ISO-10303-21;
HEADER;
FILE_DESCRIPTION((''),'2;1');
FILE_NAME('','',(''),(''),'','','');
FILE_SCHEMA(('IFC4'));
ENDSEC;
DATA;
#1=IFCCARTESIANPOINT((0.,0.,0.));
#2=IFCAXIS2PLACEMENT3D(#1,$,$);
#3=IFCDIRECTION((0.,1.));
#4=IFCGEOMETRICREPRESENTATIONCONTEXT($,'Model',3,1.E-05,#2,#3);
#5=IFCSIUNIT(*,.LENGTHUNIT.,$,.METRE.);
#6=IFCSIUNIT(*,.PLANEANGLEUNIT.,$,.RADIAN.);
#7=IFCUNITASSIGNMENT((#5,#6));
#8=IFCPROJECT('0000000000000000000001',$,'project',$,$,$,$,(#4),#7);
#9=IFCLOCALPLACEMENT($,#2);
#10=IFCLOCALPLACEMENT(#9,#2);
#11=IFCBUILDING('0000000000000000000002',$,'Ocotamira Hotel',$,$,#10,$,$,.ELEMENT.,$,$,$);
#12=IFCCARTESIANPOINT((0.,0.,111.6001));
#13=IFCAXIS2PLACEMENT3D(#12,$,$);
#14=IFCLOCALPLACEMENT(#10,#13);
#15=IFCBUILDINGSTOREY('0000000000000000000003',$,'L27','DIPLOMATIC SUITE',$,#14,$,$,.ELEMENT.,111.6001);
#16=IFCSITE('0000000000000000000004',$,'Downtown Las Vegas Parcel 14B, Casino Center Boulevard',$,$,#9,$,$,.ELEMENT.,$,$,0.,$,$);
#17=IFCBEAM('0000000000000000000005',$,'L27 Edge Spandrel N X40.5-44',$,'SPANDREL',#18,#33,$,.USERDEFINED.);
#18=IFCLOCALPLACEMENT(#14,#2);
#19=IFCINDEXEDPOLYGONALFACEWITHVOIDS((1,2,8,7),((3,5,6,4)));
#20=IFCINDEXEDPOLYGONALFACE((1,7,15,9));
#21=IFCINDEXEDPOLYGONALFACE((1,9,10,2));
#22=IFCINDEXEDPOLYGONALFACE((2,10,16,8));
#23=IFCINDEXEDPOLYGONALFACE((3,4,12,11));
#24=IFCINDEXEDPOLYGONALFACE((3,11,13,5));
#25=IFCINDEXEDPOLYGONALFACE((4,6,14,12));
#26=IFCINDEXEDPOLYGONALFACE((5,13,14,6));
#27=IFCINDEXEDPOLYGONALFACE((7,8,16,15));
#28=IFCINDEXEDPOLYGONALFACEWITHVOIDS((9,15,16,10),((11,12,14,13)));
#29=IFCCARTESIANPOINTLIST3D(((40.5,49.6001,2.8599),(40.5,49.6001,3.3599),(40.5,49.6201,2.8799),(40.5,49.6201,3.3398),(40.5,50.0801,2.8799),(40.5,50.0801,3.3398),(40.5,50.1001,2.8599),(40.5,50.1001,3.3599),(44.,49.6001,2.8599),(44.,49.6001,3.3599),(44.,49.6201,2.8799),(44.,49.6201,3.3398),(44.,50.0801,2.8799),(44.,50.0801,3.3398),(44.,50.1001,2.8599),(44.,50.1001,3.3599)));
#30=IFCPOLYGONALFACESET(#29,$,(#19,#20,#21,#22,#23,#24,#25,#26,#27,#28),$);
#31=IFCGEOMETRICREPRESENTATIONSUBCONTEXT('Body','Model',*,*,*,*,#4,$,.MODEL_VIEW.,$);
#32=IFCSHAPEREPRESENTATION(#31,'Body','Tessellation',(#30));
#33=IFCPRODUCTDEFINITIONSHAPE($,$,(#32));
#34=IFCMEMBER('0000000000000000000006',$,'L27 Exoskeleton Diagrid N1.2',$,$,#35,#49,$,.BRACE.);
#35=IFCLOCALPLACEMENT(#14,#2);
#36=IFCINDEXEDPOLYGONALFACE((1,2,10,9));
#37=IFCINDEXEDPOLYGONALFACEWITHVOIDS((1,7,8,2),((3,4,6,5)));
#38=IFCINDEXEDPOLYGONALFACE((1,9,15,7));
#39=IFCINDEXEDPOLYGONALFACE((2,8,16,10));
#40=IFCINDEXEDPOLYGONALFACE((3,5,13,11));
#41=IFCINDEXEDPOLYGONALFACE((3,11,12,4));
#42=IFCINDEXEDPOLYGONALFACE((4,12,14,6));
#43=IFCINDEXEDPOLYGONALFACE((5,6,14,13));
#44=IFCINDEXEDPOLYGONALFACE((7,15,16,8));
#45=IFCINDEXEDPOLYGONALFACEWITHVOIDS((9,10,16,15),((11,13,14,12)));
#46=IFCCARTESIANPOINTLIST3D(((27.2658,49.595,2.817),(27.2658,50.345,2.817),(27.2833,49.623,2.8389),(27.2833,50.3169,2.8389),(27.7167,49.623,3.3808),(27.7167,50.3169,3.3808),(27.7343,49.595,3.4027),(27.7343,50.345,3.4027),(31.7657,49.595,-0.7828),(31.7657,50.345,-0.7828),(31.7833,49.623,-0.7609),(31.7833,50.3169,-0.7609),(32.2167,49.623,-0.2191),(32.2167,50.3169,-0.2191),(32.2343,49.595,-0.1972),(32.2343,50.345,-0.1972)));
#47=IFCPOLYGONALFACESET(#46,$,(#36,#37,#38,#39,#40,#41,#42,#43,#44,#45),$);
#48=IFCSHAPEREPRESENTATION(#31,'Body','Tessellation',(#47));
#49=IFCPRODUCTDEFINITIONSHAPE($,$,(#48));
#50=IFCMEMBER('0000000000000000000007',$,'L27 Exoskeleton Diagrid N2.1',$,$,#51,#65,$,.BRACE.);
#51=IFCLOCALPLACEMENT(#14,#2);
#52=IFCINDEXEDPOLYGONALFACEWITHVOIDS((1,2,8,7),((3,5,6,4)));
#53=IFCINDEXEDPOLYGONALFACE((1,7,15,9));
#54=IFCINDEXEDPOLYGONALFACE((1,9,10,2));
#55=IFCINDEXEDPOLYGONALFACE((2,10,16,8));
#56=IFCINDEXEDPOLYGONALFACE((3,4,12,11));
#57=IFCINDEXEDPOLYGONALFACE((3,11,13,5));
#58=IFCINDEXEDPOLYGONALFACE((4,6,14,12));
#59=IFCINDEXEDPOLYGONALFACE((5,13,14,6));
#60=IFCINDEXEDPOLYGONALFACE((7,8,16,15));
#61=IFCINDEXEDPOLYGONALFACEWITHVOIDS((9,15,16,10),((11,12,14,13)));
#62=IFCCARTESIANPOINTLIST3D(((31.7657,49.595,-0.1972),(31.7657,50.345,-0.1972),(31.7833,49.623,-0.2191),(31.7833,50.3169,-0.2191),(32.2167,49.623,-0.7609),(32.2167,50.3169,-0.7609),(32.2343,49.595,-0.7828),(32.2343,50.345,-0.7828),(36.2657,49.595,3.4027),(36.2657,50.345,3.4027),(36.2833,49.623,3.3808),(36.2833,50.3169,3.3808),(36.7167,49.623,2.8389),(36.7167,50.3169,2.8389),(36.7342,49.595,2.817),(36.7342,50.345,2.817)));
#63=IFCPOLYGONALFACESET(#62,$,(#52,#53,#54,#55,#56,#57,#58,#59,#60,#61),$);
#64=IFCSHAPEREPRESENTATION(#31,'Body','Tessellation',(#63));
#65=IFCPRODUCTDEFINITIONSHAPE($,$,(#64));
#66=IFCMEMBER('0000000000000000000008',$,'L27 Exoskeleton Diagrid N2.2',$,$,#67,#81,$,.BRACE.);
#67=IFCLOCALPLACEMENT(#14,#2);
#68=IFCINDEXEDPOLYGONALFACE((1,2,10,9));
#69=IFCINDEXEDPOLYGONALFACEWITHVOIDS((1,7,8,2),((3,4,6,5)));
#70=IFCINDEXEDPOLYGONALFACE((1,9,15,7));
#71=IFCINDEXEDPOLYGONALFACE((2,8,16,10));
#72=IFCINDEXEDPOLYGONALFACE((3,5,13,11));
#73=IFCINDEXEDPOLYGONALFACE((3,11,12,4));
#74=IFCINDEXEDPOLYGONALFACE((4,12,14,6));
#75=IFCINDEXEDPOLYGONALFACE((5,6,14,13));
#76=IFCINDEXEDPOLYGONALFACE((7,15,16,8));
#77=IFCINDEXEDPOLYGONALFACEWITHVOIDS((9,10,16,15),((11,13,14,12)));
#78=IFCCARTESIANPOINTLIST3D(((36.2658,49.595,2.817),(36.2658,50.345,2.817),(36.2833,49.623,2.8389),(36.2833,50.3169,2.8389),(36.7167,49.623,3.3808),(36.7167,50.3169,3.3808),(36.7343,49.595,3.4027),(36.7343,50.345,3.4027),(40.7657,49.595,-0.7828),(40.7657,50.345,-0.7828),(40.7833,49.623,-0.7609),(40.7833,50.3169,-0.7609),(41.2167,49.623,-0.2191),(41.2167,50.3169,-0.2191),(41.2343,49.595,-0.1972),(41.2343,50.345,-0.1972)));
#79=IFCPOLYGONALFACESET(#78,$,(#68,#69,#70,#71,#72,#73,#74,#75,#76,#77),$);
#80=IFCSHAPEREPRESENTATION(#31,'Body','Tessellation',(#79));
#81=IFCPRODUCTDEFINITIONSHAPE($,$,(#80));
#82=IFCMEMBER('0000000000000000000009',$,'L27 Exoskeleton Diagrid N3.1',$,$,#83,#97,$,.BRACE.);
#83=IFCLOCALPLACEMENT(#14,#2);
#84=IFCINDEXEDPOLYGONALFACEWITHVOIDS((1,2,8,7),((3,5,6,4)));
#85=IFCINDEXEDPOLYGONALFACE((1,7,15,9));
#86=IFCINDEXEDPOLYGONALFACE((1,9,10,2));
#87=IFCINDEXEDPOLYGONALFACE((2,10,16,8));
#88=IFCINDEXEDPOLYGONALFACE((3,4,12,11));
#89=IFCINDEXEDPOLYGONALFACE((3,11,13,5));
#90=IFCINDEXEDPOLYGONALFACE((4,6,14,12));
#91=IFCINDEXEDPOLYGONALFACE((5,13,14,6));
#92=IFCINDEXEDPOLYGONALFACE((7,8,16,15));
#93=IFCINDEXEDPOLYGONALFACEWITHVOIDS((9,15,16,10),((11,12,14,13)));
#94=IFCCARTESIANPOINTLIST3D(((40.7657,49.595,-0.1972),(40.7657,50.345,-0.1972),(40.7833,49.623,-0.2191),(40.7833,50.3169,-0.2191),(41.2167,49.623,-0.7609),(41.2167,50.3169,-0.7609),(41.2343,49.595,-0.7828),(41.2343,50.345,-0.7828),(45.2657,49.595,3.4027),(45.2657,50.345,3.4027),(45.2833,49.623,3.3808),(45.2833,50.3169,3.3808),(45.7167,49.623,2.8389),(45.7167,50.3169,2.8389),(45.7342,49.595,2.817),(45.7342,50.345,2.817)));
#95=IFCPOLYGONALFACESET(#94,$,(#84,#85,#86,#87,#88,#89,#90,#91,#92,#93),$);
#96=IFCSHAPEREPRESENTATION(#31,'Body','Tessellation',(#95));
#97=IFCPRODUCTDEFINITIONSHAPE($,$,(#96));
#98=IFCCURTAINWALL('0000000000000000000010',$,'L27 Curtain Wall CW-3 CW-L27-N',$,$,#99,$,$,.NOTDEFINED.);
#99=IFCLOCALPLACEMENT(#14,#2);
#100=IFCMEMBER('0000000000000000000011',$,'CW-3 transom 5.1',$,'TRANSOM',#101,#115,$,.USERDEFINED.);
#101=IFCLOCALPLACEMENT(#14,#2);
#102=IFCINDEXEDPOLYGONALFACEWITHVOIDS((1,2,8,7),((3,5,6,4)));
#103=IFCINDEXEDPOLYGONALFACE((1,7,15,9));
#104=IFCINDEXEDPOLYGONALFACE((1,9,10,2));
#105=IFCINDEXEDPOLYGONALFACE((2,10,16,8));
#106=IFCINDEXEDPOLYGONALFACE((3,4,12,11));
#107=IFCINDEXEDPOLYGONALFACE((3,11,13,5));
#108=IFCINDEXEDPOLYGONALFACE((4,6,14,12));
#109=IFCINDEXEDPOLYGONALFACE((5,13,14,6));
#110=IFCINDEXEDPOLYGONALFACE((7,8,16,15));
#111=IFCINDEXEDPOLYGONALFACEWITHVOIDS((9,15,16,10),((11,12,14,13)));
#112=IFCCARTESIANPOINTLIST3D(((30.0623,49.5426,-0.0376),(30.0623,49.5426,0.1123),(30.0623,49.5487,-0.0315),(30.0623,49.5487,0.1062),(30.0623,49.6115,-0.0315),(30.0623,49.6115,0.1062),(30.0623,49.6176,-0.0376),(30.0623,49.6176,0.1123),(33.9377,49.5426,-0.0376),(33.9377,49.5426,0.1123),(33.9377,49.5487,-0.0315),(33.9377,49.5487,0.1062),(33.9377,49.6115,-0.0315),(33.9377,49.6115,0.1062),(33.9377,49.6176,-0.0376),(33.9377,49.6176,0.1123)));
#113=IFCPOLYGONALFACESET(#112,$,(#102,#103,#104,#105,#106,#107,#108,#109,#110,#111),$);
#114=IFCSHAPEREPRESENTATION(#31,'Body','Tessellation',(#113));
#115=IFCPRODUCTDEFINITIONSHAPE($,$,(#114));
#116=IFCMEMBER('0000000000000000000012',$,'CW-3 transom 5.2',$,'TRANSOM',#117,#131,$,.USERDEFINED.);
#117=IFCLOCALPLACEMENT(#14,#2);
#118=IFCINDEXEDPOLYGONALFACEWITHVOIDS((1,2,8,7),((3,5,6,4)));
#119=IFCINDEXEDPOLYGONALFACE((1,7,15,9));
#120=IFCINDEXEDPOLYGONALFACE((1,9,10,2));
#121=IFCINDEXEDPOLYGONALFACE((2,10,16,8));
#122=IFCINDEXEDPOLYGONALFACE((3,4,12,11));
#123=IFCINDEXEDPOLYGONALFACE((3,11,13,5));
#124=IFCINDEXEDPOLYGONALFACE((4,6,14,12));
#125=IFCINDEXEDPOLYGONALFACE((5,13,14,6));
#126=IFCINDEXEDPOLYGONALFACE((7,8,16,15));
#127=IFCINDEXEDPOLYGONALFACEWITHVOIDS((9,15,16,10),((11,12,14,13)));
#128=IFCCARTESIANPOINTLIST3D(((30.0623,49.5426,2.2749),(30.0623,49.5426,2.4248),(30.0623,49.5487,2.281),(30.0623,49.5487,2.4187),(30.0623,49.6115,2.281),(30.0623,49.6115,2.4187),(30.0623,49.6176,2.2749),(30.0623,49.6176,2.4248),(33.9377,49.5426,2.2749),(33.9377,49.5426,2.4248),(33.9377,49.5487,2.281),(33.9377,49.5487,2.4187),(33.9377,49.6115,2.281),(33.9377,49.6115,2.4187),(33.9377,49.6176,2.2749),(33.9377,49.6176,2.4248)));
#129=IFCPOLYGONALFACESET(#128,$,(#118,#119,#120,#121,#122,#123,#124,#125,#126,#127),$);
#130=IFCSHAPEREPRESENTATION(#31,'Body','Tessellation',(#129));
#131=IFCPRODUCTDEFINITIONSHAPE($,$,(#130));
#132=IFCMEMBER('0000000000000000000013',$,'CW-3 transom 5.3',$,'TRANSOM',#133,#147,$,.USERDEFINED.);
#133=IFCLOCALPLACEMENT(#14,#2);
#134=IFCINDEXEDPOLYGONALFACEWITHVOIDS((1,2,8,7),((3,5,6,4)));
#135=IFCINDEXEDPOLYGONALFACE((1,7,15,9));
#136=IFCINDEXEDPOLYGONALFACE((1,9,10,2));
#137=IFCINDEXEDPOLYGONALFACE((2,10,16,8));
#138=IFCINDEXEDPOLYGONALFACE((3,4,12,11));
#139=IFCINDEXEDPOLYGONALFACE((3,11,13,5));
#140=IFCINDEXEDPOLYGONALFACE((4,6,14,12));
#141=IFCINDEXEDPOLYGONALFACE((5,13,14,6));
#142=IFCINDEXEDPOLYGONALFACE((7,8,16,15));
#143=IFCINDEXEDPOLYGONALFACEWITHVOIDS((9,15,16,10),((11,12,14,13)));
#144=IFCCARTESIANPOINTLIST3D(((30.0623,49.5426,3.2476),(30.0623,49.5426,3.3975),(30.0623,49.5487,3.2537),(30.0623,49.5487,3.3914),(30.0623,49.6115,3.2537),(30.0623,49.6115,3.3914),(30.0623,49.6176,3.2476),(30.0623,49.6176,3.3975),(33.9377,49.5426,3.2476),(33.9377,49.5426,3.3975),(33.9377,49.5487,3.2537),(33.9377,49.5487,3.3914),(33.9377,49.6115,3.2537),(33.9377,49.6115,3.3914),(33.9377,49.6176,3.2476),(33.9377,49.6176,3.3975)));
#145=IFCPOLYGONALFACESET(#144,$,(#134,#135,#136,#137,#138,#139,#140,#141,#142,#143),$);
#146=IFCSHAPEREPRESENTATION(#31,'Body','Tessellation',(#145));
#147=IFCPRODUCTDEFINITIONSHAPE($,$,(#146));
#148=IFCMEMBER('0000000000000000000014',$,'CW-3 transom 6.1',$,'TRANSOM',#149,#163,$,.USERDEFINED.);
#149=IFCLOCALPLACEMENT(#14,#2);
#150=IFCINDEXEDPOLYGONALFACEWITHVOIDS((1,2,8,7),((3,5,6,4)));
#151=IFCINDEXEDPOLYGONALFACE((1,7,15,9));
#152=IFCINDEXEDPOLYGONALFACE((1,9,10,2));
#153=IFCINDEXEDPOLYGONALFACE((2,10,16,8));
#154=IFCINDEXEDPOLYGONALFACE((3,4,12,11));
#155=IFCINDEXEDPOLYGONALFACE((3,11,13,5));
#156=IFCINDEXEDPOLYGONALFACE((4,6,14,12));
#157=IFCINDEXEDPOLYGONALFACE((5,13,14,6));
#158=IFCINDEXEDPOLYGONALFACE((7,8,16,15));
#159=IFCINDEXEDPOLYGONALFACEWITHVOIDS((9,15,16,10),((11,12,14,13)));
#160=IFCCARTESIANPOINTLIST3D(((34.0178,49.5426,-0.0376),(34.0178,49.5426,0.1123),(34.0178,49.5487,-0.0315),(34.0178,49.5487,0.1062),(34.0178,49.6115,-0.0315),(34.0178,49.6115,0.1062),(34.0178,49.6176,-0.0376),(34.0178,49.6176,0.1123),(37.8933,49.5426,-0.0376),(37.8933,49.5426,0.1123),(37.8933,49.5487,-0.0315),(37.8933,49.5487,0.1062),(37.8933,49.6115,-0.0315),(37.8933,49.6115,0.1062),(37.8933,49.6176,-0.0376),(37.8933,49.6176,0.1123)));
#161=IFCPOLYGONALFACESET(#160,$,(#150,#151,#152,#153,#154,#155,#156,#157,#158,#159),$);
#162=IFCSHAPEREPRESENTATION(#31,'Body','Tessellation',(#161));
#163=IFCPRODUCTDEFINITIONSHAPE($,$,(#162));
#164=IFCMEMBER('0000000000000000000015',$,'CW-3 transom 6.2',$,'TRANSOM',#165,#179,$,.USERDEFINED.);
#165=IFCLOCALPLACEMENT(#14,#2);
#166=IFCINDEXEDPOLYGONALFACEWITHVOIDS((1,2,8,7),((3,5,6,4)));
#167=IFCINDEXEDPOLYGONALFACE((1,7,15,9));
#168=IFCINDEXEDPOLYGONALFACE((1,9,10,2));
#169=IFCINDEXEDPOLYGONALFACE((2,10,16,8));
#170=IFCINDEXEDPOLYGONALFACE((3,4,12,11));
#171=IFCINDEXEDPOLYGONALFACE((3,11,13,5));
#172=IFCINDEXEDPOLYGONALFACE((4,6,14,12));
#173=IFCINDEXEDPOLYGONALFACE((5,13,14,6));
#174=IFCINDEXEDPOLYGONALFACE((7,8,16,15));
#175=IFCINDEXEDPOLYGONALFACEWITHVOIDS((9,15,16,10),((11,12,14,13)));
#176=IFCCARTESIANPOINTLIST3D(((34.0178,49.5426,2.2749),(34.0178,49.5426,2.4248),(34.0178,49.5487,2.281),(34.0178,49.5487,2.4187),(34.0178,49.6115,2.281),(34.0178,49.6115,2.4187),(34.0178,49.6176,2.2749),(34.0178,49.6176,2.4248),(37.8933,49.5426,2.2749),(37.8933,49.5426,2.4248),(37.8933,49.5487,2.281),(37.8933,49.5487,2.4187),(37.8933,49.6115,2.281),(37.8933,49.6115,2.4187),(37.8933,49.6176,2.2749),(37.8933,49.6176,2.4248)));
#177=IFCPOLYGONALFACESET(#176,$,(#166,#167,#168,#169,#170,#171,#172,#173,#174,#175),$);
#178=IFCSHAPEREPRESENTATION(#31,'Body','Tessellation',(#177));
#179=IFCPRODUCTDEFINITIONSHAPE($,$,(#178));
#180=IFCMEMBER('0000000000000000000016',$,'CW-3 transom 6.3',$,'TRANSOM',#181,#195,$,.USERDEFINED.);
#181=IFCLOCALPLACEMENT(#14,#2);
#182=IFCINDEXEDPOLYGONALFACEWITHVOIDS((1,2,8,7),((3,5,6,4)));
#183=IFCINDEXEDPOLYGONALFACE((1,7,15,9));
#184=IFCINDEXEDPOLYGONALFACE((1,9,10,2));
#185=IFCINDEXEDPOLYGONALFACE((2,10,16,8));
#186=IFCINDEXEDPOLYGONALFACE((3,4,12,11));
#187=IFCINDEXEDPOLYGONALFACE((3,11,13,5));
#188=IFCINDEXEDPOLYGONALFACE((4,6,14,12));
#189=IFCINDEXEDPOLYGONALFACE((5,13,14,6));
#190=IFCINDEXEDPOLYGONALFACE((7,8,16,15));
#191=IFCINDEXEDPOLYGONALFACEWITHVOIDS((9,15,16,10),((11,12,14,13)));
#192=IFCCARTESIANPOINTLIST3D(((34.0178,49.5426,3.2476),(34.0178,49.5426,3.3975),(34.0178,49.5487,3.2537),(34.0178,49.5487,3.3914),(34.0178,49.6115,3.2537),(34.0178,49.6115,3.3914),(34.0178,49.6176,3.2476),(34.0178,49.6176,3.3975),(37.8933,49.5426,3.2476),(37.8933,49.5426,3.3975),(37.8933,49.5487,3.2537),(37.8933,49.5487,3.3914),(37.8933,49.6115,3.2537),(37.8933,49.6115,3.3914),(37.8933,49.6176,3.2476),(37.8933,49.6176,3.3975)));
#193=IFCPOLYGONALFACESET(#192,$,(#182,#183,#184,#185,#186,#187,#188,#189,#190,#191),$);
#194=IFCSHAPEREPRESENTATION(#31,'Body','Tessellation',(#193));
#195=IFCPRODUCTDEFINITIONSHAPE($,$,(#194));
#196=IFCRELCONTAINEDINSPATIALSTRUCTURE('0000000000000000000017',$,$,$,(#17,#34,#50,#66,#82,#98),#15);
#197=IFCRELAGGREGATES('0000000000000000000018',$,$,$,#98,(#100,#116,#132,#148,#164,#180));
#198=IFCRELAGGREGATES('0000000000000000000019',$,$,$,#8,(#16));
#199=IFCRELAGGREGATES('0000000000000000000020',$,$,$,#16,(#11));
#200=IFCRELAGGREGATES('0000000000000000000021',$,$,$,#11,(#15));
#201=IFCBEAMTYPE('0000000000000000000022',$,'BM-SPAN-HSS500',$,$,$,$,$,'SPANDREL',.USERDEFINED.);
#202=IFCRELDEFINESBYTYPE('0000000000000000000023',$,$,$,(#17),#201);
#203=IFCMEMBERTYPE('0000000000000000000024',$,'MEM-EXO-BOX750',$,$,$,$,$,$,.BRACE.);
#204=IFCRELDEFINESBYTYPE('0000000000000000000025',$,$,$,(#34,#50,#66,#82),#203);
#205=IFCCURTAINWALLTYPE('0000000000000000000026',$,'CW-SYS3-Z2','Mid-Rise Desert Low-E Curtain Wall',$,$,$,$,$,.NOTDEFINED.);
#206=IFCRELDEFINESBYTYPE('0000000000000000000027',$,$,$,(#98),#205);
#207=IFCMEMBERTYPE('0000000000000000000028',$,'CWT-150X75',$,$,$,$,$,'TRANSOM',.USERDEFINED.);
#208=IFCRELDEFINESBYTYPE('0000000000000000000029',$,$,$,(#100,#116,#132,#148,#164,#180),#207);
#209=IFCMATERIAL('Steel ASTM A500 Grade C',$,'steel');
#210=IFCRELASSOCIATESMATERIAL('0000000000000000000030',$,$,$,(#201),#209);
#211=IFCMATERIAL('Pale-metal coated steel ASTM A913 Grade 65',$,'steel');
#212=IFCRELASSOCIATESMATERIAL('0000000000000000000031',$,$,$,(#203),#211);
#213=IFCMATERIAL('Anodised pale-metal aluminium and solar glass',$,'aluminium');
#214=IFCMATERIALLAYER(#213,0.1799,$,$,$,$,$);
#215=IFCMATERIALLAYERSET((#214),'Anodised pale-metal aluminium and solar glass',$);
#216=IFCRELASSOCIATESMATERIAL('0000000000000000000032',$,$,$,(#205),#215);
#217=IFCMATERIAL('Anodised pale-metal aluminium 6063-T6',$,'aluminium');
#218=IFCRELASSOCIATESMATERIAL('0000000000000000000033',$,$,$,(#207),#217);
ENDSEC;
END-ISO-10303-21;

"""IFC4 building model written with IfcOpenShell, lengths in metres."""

from ifc_helpers import new_model, si_unit, direction, frame, origin, origin_2d, place, context, subcontext, project, spatial, hollow_rectangle, extrude, source, transform, mapped, material, layer, layer_set, material_profile, profile_set, type_object, element, aggregate, save


model = new_model("IFC4")

# Units and contexts
model_context = context("Model", 3, precision=1e-05, world=origin(), true_north=direction((0.0, 1.0)))
body_context = subcontext(model_context, "Body", "Model", "MODEL_VIEW")
ifc_project = project(units=[si_unit("LENGTHUNIT", "METRE"), si_unit("PLANEANGLEUNIT", "RADIAN")], contexts=[model_context])

# Site, building, storey
site_placement = place(None, origin())
site = spatial("IfcSite", under=ifc_project, at=site_placement, Name="Downtown Las Vegas Parcel 14B, Casino Center Boulevard", CompositionType="ELEMENT", RefElevation=0.0)
building_placement = place(site_placement, origin())
building = spatial("IfcBuilding", under=site, at=building_placement, Name="Ocotamira Hotel", CompositionType="ELEMENT")
storey_placement = place(building_placement, frame((0.0, 0.0, 111.6001)))
storey = spatial("IfcBuildingStorey", under=building, at=storey_placement, Name="L27", Description="DIPLOMATIC SUITE", CompositionType="ELEMENT", Elevation=111.6001)

# Beam
ifc_material_1 = material(Name="Steel ASTM A500 Grade C", Category="steel")
ifc_material_profile_1 = material_profile(ifc_material_1, hollow_rectangle(XDim=0.5, YDim=0.5, WallThickness=0.02, at=origin_2d()), Name="HSS500X500X20")
ifc_profile_set_1 = profile_set([ifc_material_profile_1], Name="Steel ASTM A500 Grade C")
beam_type = type_object("IfcBeamType", Name="BM-SPAN-HSS500", ElementType="SPANDREL", PredefinedType="USERDEFINED", material=ifc_profile_set_1)
shared_shape_1 = source(origin(), body_context, "Body", "SweptSolid", [
    extrude(hollow_rectangle(XDim=0.5, YDim=0.5, WallThickness=0.02, at=origin_2d()), origin(), (0.0, 0.0, 1.0), 3.5),
])
beam_placement = place(storey_placement, frame((40.5, 49.8501, 3.1099), z_axis=(1.0, 0.0, 0.0), x_axis=(0.0, 1.0, 0.0)))
element("IfcBeam", 1, at=beam_placement, inside=storey, type_object=beam_type, Name="L27 Edge Spandrel N X40.5-44", ObjectType="SPANDREL", PredefinedType="USERDEFINED", context=body_context, shape_type="MappedRepresentation", body=[
    mapped(shared_shape_1, transform((0.0, 0.0, 0.0), scale=1.0)),
])

# Members
ifc_material_2 = material(Name="Pale-metal coated steel ASTM A913 Grade 65", Category="steel")
ifc_material_profile_2 = material_profile(ifc_material_2, hollow_rectangle(XDim=0.75, YDim=0.75, WallThickness=0.0281, at=origin_2d()), Name="BOX750X750X28")
ifc_profile_set_2 = profile_set([ifc_material_profile_2], Name="Pale-metal coated steel ASTM A913 Grade 65")
member_type_1 = type_object("IfcMemberType", Name="MEM-EXO-BOX750", PredefinedType="BRACE", material=ifc_profile_set_2)
shared_shape_2 = source(origin(), body_context, "Body", "SweptSolid", [
    extrude(hollow_rectangle(XDim=0.75, YDim=0.75, WallThickness=0.0281, at=origin_2d()), origin(), (0.0, 0.0, 1.0), 5.7627),
])
for number, where, z_axis, x_axis, name in (
    (2, (32.0, 49.97, -0.49), (-0.780881, 0.0, 0.62468), (0.0, -1.0, 0.0), "L27 Exoskeleton Diagrid N1.2"),
    (3, (32.0, 49.97, -0.49), (0.780881, 0.0, 0.62468), (0.0, 1.0, 0.0), "L27 Exoskeleton Diagrid N2.1"),
    (4, (41.0, 49.97, -0.49), (-0.780881, 0.0, 0.62468), (0.0, -1.0, 0.0), "L27 Exoskeleton Diagrid N2.2"),
    (5, (41.0, 49.97, -0.49), (0.780881, 0.0, 0.62468), (0.0, 1.0, 0.0), "L27 Exoskeleton Diagrid N3.1"),
):
    element("IfcMember", number, at=place(storey_placement, frame(where, z_axis=z_axis, x_axis=x_axis)), inside=storey, type_object=member_type_1, Name=name, PredefinedType="BRACE", context=body_context, shape_type="MappedRepresentation", body=[
        mapped(shared_shape_2, transform((0.0, 0.0, 0.0), scale=1.0)),
    ])

# Curtain wall, members
ifc_material_3 = material(Name="Anodised pale-metal aluminium and solar glass", Category="aluminium")
ifc_layer_1 = layer(ifc_material_3, 0.1799)
ifc_layer_set_1 = layer_set([ifc_layer_1], Name="Anodised pale-metal aluminium and solar glass")
curtain_wall_type = type_object("IfcCurtainWallType", Name="CW-SYS3-Z2", Description="Mid-Rise Desert Low-E Curtain Wall", PredefinedType="NOTDEFINED", material=ifc_layer_set_1)
curtain_wall_placement = place(storey_placement, origin())
curtain_wall = element("IfcCurtainWall", 6, at=curtain_wall_placement, inside=storey, type_object=curtain_wall_type, Name="L27 Curtain Wall CW-3 CW-L27-N", PredefinedType="NOTDEFINED")
ifc_material_4 = material(Name="Anodised pale-metal aluminium 6063-T6", Category="aluminium")
ifc_material_profile_3 = material_profile(ifc_material_4, hollow_rectangle(XDim=0.075, YDim=0.1499, WallThickness=0.0061, at=origin_2d()), Name="HSS150X75X6")
ifc_profile_set_3 = profile_set([ifc_material_profile_3], Name="Anodised pale-metal aluminium 6063-T6")
member_type_2 = type_object("IfcMemberType", Name="CWT-150X75", ElementType="TRANSOM", PredefinedType="USERDEFINED", material=ifc_profile_set_3)
shared_shape_3 = source(origin(), body_context, "Body", "SweptSolid", [
    extrude(hollow_rectangle(XDim=0.075, YDim=0.1499, WallThickness=0.0061, at=origin_2d()), origin(), (0.0, 0.0, 1.0), 3.8755),
])
member_1_placement = place(storey_placement, frame((30.0623, 49.5801, 0.0374), z_axis=(1.0, 0.0, 0.0), x_axis=(0.0, 1.0, 0.0)))
member_1 = element("IfcMember", 7, at=member_1_placement, type_object=member_type_2, Name="CW-3 transom 5.1", ObjectType="TRANSOM", PredefinedType="USERDEFINED", context=body_context, shape_type="MappedRepresentation", body=[
    mapped(shared_shape_3, transform((0.0, 0.0, 0.0), scale=1.0)),
])
member_2_placement = place(storey_placement, frame((30.0623, 49.5801, 2.3499), z_axis=(1.0, 0.0, 0.0), x_axis=(0.0, 1.0, 0.0)))
member_2 = element("IfcMember", 8, at=member_2_placement, type_object=member_type_2, Name="CW-3 transom 5.2", ObjectType="TRANSOM", PredefinedType="USERDEFINED", context=body_context, shape_type="MappedRepresentation", body=[
    mapped(shared_shape_3, transform((0.0, 0.0, 0.0), scale=1.0)),
])
member_3_placement = place(storey_placement, frame((30.0623, 49.5801, 3.3225), z_axis=(1.0, 0.0, 0.0), x_axis=(0.0, 1.0, 0.0)))
member_3 = element("IfcMember", 9, at=member_3_placement, type_object=member_type_2, Name="CW-3 transom 5.3", ObjectType="TRANSOM", PredefinedType="USERDEFINED", context=body_context, shape_type="MappedRepresentation", body=[
    mapped(shared_shape_3, transform((0.0, 0.0, 0.0), scale=1.0)),
])
member_4_placement = place(storey_placement, frame((34.0178, 49.5801, 0.0374), z_axis=(1.0, 0.0, 0.0), x_axis=(0.0, 1.0, 0.0)))
member_4 = element("IfcMember", 10, at=member_4_placement, type_object=member_type_2, Name="CW-3 transom 6.1", ObjectType="TRANSOM", PredefinedType="USERDEFINED", context=body_context, shape_type="MappedRepresentation", body=[
    mapped(shared_shape_3, transform((0.0, 0.0, 0.0), scale=1.0)),
])
member_5_placement = place(storey_placement, frame((34.0178, 49.5801, 2.3499), z_axis=(1.0, 0.0, 0.0), x_axis=(0.0, 1.0, 0.0)))
member_5 = element("IfcMember", 11, at=member_5_placement, type_object=member_type_2, Name="CW-3 transom 6.2", ObjectType="TRANSOM", PredefinedType="USERDEFINED", context=body_context, shape_type="MappedRepresentation", body=[
    mapped(shared_shape_3, transform((0.0, 0.0, 0.0), scale=1.0)),
])
member_6_placement = place(storey_placement, frame((34.0178, 49.5801, 3.3225), z_axis=(1.0, 0.0, 0.0), x_axis=(0.0, 1.0, 0.0)))
member_6 = element("IfcMember", 12, at=member_6_placement, type_object=member_type_2, Name="CW-3 transom 6.3", ObjectType="TRANSOM", PredefinedType="USERDEFINED", context=body_context, shape_type="MappedRepresentation", body=[
    mapped(shared_shape_3, transform((0.0, 0.0, 0.0), scale=1.0)),
])

aggregate(curtain_wall, [member_1, member_2, member_3, member_4, member_5, member_6])

save(model, "model.ifc")
